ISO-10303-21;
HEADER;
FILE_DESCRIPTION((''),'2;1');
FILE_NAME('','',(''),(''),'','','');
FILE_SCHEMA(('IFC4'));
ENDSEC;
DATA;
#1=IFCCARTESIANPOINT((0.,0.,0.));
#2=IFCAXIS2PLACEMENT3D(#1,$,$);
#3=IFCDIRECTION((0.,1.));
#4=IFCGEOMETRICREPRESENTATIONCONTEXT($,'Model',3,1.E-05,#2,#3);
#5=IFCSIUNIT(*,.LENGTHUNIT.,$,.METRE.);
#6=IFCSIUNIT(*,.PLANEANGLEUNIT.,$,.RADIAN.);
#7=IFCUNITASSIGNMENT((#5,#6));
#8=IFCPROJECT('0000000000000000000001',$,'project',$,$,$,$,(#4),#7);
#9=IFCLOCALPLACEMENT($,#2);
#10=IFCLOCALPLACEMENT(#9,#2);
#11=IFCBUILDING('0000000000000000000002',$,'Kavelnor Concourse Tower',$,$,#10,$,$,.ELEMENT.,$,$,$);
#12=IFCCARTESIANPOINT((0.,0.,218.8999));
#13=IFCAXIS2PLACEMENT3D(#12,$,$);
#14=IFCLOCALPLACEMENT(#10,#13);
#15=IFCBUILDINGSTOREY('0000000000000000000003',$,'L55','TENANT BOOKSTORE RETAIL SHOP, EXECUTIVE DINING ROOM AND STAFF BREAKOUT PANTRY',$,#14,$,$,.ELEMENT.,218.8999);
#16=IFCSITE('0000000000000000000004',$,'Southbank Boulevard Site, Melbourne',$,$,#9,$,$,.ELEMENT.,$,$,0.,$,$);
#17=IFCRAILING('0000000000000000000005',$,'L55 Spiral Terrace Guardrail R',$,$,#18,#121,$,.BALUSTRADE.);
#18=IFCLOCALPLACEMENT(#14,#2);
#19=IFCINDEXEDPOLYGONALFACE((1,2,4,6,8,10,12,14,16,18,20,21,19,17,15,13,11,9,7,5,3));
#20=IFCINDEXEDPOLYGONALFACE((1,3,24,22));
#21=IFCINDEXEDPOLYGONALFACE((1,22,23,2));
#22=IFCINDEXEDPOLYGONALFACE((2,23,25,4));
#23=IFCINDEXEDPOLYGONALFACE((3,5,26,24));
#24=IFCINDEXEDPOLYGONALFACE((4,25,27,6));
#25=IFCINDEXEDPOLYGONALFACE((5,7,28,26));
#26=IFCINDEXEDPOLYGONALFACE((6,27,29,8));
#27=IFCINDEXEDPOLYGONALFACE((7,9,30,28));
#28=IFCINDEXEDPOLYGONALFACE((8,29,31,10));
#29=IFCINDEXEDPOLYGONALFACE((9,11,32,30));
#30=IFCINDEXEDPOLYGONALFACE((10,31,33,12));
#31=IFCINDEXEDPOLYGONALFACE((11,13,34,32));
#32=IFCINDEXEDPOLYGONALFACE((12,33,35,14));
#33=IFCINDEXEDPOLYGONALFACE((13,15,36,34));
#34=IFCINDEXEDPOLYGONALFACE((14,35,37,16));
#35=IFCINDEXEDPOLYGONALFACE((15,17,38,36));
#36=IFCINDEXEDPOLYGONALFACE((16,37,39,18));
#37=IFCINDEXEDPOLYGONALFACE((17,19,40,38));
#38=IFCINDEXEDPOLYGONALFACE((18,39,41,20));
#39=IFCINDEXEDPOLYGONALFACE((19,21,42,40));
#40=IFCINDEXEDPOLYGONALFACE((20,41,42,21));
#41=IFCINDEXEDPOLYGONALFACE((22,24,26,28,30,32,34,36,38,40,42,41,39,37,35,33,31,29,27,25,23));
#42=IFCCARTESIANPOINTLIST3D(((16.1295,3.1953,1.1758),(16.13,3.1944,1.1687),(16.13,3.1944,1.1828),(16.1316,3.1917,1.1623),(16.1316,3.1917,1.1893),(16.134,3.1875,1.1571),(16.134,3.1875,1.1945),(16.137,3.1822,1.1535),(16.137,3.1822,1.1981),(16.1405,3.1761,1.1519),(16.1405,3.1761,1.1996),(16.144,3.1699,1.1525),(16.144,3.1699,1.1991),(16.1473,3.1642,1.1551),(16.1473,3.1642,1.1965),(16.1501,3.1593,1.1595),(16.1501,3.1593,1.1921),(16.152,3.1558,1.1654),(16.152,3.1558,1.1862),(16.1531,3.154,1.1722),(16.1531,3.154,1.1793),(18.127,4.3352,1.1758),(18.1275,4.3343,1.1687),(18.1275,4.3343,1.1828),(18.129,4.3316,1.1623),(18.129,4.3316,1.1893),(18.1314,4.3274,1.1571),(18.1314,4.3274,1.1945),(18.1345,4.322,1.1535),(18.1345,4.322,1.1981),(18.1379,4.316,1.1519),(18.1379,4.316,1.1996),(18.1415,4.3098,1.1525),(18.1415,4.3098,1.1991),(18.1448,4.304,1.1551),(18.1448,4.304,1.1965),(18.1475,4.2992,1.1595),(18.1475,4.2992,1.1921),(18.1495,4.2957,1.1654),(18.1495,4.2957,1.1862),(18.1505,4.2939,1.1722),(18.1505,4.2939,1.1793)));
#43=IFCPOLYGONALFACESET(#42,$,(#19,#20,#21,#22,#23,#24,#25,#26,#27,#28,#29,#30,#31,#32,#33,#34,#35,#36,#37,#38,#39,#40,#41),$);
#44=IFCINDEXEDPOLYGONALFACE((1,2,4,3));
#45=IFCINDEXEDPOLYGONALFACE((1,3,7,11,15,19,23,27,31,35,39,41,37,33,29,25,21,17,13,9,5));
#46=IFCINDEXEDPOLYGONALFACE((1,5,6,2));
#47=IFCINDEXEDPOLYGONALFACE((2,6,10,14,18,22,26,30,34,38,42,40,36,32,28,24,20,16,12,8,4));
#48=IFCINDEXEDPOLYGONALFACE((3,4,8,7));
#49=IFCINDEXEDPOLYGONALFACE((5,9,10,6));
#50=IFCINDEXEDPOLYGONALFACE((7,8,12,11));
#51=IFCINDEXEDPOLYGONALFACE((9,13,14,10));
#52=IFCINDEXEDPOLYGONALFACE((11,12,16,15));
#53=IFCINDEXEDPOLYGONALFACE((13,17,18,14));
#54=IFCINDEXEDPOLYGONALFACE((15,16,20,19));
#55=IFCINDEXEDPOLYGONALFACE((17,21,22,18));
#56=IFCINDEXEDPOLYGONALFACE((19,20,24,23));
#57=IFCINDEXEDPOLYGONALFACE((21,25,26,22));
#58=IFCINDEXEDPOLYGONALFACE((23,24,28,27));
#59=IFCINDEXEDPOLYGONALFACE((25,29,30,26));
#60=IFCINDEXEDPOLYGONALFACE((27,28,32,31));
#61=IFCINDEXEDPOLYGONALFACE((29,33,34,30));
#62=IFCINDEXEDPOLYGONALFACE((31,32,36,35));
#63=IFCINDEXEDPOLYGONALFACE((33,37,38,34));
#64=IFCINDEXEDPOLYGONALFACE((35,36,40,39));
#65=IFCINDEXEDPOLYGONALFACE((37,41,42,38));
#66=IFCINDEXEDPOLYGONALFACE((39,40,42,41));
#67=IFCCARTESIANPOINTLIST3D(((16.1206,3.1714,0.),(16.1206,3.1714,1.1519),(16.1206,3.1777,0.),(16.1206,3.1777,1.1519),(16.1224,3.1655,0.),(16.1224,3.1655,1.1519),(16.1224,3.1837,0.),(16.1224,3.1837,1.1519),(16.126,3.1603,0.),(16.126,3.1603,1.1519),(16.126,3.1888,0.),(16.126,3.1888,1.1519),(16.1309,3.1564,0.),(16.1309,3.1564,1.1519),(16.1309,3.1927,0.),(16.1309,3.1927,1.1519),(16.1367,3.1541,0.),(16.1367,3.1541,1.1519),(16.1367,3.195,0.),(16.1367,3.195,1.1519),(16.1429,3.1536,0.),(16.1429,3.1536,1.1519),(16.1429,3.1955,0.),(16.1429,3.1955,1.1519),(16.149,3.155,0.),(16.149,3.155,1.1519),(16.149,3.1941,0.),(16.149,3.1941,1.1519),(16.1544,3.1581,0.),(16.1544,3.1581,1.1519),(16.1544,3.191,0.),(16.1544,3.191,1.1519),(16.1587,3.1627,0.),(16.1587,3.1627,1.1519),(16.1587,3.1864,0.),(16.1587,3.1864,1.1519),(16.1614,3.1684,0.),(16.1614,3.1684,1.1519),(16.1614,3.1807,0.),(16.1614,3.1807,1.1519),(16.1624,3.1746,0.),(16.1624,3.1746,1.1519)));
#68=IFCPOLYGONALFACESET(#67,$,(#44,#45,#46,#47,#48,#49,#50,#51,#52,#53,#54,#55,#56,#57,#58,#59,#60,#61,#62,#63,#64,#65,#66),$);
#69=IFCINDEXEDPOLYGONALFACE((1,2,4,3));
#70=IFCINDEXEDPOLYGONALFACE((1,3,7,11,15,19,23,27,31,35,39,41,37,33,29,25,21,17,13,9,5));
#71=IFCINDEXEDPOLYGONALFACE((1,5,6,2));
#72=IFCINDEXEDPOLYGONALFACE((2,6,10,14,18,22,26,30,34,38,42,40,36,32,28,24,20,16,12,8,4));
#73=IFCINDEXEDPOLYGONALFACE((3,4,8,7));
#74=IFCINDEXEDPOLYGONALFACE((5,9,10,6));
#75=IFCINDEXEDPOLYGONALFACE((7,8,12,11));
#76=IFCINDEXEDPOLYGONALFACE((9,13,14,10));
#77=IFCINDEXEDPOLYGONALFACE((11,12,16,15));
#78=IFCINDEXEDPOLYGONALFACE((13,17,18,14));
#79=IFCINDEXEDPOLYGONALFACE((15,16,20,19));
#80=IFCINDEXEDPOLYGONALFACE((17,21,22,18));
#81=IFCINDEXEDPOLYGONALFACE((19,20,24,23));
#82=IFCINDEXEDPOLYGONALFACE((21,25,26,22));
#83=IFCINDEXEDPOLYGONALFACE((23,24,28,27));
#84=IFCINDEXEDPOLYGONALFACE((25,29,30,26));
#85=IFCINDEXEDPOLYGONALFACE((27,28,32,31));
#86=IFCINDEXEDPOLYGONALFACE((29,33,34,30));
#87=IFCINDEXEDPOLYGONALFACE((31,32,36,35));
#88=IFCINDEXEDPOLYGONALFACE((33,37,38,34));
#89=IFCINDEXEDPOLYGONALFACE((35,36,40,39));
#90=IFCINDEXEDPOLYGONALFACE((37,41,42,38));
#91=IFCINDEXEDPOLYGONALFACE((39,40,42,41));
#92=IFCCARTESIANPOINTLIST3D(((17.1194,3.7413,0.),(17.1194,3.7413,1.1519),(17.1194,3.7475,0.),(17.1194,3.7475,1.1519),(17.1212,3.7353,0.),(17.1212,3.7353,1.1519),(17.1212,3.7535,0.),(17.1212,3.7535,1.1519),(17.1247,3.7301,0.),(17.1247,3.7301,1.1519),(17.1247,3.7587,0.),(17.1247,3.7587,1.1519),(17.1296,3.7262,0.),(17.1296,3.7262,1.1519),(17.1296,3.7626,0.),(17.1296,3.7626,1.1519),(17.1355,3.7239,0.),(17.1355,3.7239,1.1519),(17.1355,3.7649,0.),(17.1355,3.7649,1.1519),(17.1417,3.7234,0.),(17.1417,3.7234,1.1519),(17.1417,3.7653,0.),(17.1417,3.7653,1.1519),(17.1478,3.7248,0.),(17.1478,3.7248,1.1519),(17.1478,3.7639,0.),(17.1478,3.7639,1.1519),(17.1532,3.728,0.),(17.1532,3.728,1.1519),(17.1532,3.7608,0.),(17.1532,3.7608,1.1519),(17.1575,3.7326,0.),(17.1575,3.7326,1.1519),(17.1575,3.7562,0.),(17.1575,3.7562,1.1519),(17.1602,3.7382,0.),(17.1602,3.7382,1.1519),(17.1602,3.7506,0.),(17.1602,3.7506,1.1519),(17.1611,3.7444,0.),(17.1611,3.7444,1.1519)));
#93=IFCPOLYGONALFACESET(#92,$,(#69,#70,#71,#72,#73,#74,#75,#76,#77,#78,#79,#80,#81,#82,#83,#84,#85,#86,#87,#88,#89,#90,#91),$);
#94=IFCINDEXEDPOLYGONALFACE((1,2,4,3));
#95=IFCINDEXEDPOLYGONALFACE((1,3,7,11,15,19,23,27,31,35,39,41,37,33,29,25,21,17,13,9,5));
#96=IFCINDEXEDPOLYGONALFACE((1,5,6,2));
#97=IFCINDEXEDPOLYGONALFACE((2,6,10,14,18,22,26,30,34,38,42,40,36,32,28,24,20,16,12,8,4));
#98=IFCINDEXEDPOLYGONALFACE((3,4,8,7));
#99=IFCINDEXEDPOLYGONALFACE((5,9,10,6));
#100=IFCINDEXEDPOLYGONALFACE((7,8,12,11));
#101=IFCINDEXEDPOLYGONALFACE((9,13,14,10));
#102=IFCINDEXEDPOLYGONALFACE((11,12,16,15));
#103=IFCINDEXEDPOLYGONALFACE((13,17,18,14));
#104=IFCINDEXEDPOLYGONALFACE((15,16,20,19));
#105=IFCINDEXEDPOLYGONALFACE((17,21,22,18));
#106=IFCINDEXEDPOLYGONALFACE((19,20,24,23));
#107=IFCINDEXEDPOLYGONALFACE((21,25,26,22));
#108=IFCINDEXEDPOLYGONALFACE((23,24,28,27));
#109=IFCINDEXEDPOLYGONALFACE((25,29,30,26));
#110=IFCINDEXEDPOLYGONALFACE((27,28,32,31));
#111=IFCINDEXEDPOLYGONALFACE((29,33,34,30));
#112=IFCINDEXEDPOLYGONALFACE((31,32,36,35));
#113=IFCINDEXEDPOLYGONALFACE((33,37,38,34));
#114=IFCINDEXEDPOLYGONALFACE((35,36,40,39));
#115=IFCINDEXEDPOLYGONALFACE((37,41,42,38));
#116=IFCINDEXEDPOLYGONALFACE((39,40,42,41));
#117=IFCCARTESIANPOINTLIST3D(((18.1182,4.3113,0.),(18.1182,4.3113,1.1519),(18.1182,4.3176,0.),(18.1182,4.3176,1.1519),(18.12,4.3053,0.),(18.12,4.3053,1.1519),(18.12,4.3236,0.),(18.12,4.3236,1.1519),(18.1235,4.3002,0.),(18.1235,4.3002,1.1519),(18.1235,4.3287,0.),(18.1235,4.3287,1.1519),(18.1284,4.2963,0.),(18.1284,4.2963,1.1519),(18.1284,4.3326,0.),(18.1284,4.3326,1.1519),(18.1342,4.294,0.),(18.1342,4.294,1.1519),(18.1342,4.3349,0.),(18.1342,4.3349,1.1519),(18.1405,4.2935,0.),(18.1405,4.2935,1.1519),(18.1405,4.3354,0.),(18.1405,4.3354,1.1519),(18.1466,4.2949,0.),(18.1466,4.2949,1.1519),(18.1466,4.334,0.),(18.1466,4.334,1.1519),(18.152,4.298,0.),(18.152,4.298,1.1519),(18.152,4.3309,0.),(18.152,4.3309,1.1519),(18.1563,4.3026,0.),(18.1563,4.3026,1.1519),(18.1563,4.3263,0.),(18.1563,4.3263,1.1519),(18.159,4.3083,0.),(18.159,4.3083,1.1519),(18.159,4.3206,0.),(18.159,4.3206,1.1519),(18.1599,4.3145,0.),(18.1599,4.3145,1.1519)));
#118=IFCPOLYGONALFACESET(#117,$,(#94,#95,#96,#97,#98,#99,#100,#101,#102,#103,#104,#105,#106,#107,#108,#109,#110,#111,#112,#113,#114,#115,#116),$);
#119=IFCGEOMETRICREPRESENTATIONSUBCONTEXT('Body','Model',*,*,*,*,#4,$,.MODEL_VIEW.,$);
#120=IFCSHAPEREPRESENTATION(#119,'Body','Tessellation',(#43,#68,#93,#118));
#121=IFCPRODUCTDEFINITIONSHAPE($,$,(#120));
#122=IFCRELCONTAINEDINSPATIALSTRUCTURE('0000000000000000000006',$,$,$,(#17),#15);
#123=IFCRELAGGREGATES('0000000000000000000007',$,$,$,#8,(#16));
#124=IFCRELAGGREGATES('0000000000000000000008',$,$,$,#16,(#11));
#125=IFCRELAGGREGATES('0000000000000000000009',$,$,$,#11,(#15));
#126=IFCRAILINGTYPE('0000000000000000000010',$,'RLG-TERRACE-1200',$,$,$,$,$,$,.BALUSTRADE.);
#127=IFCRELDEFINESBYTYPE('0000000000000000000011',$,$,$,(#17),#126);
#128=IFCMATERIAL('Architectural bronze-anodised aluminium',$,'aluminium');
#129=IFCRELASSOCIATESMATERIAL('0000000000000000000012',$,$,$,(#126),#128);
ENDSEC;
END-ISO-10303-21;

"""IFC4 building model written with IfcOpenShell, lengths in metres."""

from ifc_helpers import new_model, si_unit, direction, frame, origin, origin_2d, place, context, subcontext, project, spatial, circle, extrude, material, type_object, element, save


model = new_model("IFC4")

# Units and contexts
model_context = context("Model", 3, precision=1e-05, world=origin(), true_north=direction((0.0, 1.0)))
body_context = subcontext(model_context, "Body", "Model", "MODEL_VIEW")
ifc_project = project(units=[si_unit("LENGTHUNIT", "METRE"), si_unit("PLANEANGLEUNIT", "RADIAN")], contexts=[model_context])

# Site, building, storey
site_placement = place(None, origin())
site = spatial("IfcSite", under=ifc_project, at=site_placement, Name="Southbank Boulevard Site, Melbourne", CompositionType="ELEMENT", RefElevation=0.0)
building_placement = place(site_placement, origin())
building = spatial("IfcBuilding", under=site, at=building_placement, Name="Kavelnor Concourse Tower", CompositionType="ELEMENT")
storey_placement = place(building_placement, frame((0.0, 0.0, 218.8999)))
storey = spatial("IfcBuildingStorey", under=building, at=storey_placement, Name="L55", Description="TENANT BOOKSTORE RETAIL SHOP, EXECUTIVE DINING ROOM AND STAFF BREAKOUT PANTRY", CompositionType="ELEMENT", Elevation=218.8999)

# Railing
ifc_material_1 = material(Name="Architectural bronze-anodised aluminium", Category="aluminium")
railing_type = type_object("IfcRailingType", Name="RLG-TERRACE-1200", PredefinedType="BALUSTRADE", material=ifc_material_1)
railing_1_placement = place(storey_placement, frame((16.1414, 3.1746, 0.0)))
element("IfcRailing", 1, at=railing_1_placement, inside=storey, type_object=railing_type, Name="L55 Spiral Terrace Guardrail R", PredefinedType="BALUSTRADE", context=body_context, shape_type="SweptSolid", body=[
    extrude(circle(Radius=0.0239, at=origin_2d()), frame((0.0, 0.0, 1.1758), z_axis=(0.868537, 0.495624, 0.0), x_axis=(-0.495624, 0.868537, 0.0)), (0.0, 0.0, 1.0), 2.2998),
    extrude(circle(Radius=0.021, at=origin_2d()), origin(), (0.0, 0.0, 1.0), 1.1519),
    extrude(circle(Radius=0.021, at=origin_2d()), frame((0.9988, 0.5698, 0.0)), (0.0, 0.0, 1.0), 1.1519),
    extrude(circle(Radius=0.021, at=origin_2d()), frame((1.9976, 1.1399, 0.0)), (0.0, 0.0, 1.0), 1.1519),
])

save(model, "model.ifc")
